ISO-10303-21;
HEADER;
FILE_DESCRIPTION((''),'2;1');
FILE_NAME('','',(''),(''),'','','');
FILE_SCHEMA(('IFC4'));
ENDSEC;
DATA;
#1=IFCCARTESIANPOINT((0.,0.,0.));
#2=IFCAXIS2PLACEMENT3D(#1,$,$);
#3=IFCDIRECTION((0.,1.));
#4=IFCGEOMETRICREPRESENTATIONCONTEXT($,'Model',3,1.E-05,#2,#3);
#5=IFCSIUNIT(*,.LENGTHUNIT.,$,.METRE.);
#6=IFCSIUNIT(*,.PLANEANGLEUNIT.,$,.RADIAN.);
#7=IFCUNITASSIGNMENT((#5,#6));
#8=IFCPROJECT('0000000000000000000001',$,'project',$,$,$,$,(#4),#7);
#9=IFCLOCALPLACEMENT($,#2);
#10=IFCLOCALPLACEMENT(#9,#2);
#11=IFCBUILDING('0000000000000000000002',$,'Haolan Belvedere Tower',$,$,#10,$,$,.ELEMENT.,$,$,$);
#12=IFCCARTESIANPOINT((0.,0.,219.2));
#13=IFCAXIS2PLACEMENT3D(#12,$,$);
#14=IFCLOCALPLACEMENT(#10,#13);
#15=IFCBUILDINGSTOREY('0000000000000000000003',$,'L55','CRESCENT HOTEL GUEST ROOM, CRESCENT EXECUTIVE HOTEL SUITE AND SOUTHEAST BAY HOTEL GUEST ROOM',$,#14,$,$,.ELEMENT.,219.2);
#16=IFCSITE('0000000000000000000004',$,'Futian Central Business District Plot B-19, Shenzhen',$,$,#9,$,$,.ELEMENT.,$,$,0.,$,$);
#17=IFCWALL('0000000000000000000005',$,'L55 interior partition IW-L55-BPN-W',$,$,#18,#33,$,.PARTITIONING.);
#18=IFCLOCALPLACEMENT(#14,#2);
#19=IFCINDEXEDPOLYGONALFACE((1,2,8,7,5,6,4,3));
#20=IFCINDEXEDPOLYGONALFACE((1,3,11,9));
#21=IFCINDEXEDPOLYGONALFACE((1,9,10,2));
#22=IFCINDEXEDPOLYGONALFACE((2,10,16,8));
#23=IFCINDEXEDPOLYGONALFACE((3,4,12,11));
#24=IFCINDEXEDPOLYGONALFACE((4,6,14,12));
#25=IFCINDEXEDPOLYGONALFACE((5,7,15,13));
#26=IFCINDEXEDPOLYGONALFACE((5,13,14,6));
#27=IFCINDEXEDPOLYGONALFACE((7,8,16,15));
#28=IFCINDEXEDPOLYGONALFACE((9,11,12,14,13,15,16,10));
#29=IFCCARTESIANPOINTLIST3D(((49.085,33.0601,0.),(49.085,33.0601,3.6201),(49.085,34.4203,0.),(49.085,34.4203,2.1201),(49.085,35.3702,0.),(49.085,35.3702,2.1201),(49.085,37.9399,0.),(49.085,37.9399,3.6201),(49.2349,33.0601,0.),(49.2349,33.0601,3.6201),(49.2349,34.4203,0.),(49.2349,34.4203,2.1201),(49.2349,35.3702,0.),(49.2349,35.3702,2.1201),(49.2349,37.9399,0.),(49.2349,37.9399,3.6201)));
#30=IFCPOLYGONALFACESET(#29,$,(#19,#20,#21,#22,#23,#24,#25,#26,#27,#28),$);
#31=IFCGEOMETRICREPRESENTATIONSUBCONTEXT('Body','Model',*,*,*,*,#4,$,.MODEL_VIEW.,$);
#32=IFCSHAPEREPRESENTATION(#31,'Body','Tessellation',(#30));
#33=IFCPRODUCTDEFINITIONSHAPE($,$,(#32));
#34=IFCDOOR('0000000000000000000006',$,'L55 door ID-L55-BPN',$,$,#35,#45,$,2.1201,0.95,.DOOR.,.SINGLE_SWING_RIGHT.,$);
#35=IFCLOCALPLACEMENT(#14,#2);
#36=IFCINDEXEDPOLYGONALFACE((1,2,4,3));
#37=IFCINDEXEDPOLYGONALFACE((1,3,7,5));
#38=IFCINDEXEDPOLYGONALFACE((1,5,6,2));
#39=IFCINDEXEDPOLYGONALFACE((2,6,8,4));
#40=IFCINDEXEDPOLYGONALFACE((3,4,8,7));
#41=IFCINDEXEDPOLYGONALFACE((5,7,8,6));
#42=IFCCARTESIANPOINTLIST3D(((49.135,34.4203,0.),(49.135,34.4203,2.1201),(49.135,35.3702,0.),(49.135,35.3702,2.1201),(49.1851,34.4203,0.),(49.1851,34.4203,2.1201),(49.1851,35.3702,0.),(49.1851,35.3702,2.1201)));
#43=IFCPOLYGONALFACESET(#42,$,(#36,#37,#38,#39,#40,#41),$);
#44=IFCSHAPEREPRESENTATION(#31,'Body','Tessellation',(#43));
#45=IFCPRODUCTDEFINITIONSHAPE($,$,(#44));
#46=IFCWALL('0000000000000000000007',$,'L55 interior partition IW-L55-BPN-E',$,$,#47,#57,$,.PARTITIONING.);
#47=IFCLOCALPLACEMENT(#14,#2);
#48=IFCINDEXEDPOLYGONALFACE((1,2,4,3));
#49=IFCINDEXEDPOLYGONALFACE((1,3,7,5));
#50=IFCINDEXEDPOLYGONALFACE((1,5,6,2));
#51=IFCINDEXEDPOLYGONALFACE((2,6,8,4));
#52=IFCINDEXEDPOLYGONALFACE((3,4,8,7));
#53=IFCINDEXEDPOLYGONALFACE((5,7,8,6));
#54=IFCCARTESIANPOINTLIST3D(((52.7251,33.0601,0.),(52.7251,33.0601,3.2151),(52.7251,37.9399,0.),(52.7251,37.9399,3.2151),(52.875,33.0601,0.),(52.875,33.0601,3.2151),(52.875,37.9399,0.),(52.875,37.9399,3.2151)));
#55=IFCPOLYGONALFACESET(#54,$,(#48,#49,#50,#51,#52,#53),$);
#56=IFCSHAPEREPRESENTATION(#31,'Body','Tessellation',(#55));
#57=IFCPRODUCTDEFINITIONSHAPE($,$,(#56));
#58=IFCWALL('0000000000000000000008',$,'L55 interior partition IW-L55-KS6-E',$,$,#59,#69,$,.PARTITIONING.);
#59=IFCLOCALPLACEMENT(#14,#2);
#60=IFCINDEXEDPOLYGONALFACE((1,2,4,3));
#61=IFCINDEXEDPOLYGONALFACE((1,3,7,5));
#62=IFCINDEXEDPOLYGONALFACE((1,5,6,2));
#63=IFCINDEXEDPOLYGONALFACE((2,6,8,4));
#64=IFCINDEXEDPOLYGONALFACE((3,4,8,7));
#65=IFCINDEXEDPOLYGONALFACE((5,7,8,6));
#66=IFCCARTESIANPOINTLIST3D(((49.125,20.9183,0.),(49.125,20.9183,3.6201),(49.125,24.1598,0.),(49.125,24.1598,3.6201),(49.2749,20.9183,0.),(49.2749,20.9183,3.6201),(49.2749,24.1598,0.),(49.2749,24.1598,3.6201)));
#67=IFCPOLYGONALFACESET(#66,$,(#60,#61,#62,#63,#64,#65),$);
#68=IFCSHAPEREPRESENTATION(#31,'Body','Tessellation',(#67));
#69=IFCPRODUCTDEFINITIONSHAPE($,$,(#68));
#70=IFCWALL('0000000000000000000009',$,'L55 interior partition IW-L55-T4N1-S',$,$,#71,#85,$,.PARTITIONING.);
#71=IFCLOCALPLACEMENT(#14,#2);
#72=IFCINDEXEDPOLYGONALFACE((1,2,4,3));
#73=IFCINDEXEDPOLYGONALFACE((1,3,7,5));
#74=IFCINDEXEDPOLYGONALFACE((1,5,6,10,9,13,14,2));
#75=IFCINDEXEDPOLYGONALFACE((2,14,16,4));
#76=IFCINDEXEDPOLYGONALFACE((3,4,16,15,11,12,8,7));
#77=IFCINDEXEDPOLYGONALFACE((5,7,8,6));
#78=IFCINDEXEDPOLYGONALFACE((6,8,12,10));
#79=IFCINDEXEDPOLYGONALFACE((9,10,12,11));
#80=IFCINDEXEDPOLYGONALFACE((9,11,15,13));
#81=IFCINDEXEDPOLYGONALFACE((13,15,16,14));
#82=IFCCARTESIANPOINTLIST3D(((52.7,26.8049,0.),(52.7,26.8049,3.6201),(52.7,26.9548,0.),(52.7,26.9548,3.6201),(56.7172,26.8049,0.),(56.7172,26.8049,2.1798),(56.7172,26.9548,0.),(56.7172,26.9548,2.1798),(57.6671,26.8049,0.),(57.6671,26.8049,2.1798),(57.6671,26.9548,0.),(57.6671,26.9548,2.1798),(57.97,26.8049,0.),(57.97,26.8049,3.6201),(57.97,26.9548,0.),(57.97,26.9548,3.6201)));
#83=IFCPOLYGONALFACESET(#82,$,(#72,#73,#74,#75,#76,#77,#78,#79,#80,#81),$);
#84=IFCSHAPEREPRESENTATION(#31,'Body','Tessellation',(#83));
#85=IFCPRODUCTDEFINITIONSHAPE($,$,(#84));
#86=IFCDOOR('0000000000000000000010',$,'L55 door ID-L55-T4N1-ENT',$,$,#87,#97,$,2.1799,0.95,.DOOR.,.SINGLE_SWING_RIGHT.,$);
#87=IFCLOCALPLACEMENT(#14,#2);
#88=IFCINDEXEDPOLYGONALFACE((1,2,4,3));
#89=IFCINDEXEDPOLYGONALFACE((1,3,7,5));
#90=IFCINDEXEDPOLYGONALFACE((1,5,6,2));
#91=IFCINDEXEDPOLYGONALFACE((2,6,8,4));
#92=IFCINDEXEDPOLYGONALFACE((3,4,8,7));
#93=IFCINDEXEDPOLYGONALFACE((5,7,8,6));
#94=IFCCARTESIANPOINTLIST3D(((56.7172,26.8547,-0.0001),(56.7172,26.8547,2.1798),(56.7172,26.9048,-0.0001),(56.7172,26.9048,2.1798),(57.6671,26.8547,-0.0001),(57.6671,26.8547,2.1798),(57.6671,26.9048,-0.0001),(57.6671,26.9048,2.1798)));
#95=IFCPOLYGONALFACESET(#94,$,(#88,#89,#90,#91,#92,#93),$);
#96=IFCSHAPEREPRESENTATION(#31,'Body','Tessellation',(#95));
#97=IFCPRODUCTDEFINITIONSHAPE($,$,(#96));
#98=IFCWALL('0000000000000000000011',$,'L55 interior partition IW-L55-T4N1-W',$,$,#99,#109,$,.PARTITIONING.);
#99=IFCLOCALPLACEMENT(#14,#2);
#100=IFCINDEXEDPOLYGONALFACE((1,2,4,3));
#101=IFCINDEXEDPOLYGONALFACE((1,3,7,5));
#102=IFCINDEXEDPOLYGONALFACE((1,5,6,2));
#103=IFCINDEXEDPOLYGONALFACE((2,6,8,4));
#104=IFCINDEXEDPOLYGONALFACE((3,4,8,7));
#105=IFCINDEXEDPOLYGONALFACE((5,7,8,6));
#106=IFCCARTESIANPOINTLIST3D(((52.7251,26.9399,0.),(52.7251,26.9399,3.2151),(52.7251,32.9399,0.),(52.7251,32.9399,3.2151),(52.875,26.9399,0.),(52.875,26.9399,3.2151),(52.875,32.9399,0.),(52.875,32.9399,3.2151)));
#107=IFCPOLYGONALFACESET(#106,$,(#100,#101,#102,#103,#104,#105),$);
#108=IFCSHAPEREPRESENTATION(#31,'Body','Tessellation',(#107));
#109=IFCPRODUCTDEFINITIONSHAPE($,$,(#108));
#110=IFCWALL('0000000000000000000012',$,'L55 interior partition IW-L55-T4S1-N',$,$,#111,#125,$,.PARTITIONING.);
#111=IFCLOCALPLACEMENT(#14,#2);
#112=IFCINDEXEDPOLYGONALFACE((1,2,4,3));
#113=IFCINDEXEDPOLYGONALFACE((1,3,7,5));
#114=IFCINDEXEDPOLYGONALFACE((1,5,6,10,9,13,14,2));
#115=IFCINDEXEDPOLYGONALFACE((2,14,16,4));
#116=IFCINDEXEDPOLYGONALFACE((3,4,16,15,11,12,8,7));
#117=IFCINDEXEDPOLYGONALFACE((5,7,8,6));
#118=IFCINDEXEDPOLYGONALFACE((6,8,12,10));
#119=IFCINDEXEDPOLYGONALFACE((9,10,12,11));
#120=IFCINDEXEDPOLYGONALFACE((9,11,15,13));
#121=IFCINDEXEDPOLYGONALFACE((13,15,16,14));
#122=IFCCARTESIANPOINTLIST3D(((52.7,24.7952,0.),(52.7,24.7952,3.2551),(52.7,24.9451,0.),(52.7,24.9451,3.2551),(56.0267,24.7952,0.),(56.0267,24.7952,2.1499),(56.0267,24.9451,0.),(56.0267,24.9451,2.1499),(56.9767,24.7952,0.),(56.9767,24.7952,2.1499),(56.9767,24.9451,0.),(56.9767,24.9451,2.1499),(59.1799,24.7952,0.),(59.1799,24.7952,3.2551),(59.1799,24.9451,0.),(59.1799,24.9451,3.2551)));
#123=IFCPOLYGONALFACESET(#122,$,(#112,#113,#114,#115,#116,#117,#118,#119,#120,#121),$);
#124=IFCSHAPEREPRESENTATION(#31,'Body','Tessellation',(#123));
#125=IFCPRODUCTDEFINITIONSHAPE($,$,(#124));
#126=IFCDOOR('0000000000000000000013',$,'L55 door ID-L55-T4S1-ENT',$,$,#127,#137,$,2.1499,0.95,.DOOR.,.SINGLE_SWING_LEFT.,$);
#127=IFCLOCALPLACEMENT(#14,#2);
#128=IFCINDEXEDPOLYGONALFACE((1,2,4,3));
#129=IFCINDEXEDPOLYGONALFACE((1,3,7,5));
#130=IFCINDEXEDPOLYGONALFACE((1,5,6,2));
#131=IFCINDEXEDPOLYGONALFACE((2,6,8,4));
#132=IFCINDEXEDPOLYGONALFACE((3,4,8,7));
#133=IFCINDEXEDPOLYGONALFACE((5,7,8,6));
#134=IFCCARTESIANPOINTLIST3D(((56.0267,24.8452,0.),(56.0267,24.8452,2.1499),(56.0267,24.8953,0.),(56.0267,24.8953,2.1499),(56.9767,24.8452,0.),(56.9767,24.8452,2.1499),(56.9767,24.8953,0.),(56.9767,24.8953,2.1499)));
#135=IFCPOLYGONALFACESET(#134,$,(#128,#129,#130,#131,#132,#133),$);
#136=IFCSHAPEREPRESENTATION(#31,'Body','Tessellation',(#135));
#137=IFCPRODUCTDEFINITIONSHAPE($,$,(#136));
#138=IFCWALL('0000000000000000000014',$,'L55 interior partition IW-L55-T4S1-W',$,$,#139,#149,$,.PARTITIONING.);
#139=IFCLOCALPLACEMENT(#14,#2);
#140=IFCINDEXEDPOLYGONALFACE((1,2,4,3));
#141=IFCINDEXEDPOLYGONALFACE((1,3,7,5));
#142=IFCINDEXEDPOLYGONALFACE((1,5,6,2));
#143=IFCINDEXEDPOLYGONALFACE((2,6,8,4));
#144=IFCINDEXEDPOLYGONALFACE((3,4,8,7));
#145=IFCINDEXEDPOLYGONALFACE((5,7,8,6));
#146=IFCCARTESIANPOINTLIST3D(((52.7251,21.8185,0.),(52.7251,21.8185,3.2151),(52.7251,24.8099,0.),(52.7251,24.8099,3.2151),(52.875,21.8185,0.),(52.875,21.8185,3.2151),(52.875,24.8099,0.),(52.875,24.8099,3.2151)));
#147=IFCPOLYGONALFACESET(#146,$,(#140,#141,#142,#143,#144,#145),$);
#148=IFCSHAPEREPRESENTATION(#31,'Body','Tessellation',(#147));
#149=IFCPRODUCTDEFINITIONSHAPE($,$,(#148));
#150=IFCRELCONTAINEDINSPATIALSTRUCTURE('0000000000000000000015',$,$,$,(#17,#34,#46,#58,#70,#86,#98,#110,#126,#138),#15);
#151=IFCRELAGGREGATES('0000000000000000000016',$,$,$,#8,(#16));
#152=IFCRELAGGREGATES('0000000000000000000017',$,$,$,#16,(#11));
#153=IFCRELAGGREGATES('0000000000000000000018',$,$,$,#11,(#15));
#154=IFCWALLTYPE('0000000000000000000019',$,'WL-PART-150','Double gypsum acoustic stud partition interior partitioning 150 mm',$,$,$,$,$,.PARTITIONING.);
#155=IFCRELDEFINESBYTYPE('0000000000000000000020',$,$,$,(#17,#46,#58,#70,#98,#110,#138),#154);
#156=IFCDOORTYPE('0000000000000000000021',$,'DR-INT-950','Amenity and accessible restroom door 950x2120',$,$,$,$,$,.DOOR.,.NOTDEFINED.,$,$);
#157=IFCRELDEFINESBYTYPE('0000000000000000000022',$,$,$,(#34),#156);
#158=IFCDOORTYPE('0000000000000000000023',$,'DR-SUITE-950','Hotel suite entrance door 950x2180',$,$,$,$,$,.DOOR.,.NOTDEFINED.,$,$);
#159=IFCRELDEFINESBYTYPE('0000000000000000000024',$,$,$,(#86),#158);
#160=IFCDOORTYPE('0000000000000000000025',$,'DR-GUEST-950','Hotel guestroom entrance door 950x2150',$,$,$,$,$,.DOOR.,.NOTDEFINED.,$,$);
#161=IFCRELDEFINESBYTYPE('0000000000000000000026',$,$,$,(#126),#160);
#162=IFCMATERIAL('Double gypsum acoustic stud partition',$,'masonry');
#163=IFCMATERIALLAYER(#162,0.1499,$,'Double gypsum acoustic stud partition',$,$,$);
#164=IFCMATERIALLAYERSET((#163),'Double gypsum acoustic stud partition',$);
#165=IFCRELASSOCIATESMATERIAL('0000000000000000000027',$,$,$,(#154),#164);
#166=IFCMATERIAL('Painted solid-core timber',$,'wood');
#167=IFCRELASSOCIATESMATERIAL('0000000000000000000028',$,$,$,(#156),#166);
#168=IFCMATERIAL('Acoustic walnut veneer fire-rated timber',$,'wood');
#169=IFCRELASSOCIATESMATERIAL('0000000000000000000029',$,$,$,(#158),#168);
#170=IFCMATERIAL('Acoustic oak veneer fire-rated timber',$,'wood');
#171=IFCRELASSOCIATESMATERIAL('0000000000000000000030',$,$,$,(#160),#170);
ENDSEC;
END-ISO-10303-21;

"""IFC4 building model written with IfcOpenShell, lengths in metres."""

from ifc_helpers import new_model, si_unit, direction, frame, frame_2d, origin, place, context, subcontext, project, spatial, rectangle, extrude, material, layer, layer_set, type_object, element, fill, save


model = new_model("IFC4")

# Units and contexts
model_context = context("Model", 3, precision=1e-05, world=origin(), true_north=direction((0.0, 1.0)))
body_context = subcontext(model_context, "Body", "Model", "MODEL_VIEW")
ifc_project = project(units=[si_unit("LENGTHUNIT", "METRE"), si_unit("PLANEANGLEUNIT", "RADIAN")], contexts=[model_context])

# Site, building, storey
site_placement = place(None, origin())
site = spatial("IfcSite", under=ifc_project, at=site_placement, Name="Futian Central Business District Plot B-19, Shenzhen", CompositionType="ELEMENT", RefElevation=0.0)
building_placement = place(site_placement, origin())
building = spatial("IfcBuilding", under=site, at=building_placement, Name="Haolan Belvedere Tower", CompositionType="ELEMENT")
storey_placement = place(building_placement, frame((0.0, 0.0, 219.2)))
storey = spatial("IfcBuildingStorey", under=building, at=storey_placement, Name="L55", Description="CRESCENT HOTEL GUEST ROOM, CRESCENT EXECUTIVE HOTEL SUITE AND SOUTHEAST BAY HOTEL GUEST ROOM", CompositionType="ELEMENT", Elevation=219.2)

# Shared definitions
ifc_material_1 = material(Name="Double gypsum acoustic stud partition", Category="masonry")
ifc_layer_1 = layer(ifc_material_1, 0.1499, Name="Double gypsum acoustic stud partition")
ifc_layer_set_1 = layer_set([ifc_layer_1], Name="Double gypsum acoustic stud partition")
wall_type_1 = type_object("IfcWallType", Name="WL-PART-150", Description="Double gypsum acoustic stud partition interior partitioning 150 mm", PredefinedType="PARTITIONING", material=ifc_layer_set_1)

# Wall, opening, door
wall_1_placement = place(storey_placement, frame((49.1599, 33.0601, 0.0), z_axis=(0.0, 0.0, 1.0), x_axis=(0.0, 1.0, 0.0)))
wall_1 = element("IfcWall", 1, at=wall_1_placement, inside=storey, type_object=wall_type_1, Name="L55 interior partition IW-L55-BPN-W", PredefinedType="PARTITIONING", context=body_context, shape_type="SweptSolid", body=[
    extrude(rectangle(XDim=4.8799, YDim=0.1499, at=frame_2d((2.4399, 0.0))), origin(), (0.0, 0.0, 1.0), 3.6201),
])
opening_1_placement = place(wall_1_placement, frame((1.3601, 0.0, 0.0)))
opening_1 = element("IfcOpeningElement", 2, at=opening_1_placement, cuts=wall_1, PredefinedType="OPENING", context=body_context, shape_type="SweptSolid", body=[
    extrude(rectangle(XDim=0.95, YDim=2.1201, at=frame_2d((0.4751, 1.0601))), frame((0.0, 0.085, 0.0), z_axis=(0.0, -1.0, 0.0), x_axis=(1.0, 0.0, 0.0)), (0.0, 0.0, 1.0), 0.1699),
])
ifc_material_2 = material(Name="Painted solid-core timber", Category="wood")
door_type_1 = type_object("IfcDoorType", Name="DR-INT-950", Description="Amenity and accessible restroom door 950x2120", OperationType="NOTDEFINED", PredefinedType="DOOR", material=ifc_material_2)
door_1_placement = place(opening_1_placement, origin())
door_1 = element("IfcDoor", 3, at=door_1_placement, inside=storey, type_object=door_type_1, Name="L55 door ID-L55-BPN", OperationType="SINGLE_SWING_RIGHT", OverallHeight=2.1201, OverallWidth=0.95, PredefinedType="DOOR", context=body_context, shape_type="SweptSolid", body=[
    extrude(rectangle(XDim=0.95, YDim=2.1201, at=frame_2d((0.4751, 1.0601))), frame((0.0, 0.0249, 0.0), z_axis=(0.0, -1.0, 0.0), x_axis=(1.0, 0.0, 0.0)), (0.0, 0.0, 1.0), 0.05),
])
fill(opening_1, door_1)

# Walls
wall_2_placement = place(storey_placement, frame((52.8, 33.0601, 0.0), z_axis=(0.0, 0.0, 1.0), x_axis=(0.0, 1.0, 0.0)))
element("IfcWall", 4, at=wall_2_placement, inside=storey, type_object=wall_type_1, Name="L55 interior partition IW-L55-BPN-E", PredefinedType="PARTITIONING", context=body_context, shape_type="SweptSolid", body=[
    extrude(rectangle(XDim=4.8799, YDim=0.1499, at=frame_2d((2.4399, 0.0))), origin(), (0.0, 0.0, 1.0), 3.2151),
])
wall_3_placement = place(storey_placement, frame((49.2, 20.9185, 0.0), z_axis=(0.0, 0.0, 1.0), x_axis=(0.0, 1.0, 0.0)))
element("IfcWall", 5, at=wall_3_placement, inside=storey, type_object=wall_type_1, Name="L55 interior partition IW-L55-KS6-E", PredefinedType="PARTITIONING", context=body_context, shape_type="SweptSolid", body=[
    extrude(rectangle(XDim=3.2415, YDim=0.1499, at=frame_2d((1.6206, 0.0))), origin(), (0.0, 0.0, 1.0), 3.6201),
])

# Wall, opening, door
wall_4_placement = place(storey_placement, frame((52.7, 26.8799, 0.0), z_axis=(0.0, 0.0, 1.0), x_axis=(1.0, 0.0, 0.0)))
wall_4 = element("IfcWall", 6, at=wall_4_placement, inside=storey, type_object=wall_type_1, Name="L55 interior partition IW-L55-T4N1-S", PredefinedType="PARTITIONING", context=body_context, shape_type="SweptSolid", body=[
    extrude(rectangle(XDim=5.27, YDim=0.1499, at=frame_2d((2.635, 0.0))), origin(), (0.0, 0.0, 1.0), 3.6201),
])
opening_2_placement = place(wall_4_placement, frame((4.0171, 0.0, 0.0)))
opening_2 = element("IfcOpeningElement", 7, at=opening_2_placement, cuts=wall_4, PredefinedType="OPENING", context=body_context, shape_type="SweptSolid", body=[
    extrude(rectangle(XDim=0.95, YDim=2.1799, at=frame_2d((0.4751, 1.0898))), frame((0.0, 0.085, 0.0), z_axis=(0.0, -1.0, 0.0), x_axis=(1.0, 0.0, 0.0)), (0.0, 0.0, 1.0), 0.1699),
])
ifc_material_3 = material(Name="Acoustic walnut veneer fire-rated timber", Category="wood")
door_type_2 = type_object("IfcDoorType", Name="DR-SUITE-950", Description="Hotel suite entrance door 950x2180", OperationType="NOTDEFINED", PredefinedType="DOOR", material=ifc_material_3)
door_2_placement = place(opening_2_placement, origin())
door_2 = element("IfcDoor", 8, at=door_2_placement, inside=storey, type_object=door_type_2, Name="L55 door ID-L55-T4N1-ENT", OperationType="SINGLE_SWING_RIGHT", OverallHeight=2.1799, OverallWidth=0.95, PredefinedType="DOOR", context=body_context, shape_type="SweptSolid", body=[
    extrude(rectangle(XDim=0.95, YDim=2.1799, at=frame_2d((0.4751, 1.0898))), frame((0.0, 0.0249, 0.0), z_axis=(0.0, -1.0, 0.0), x_axis=(1.0, 0.0, 0.0)), (0.0, 0.0, 1.0), 0.05),
])
fill(opening_2, door_2)

# Wall
wall_5_placement = place(storey_placement, frame((52.8, 26.9399, 0.0), z_axis=(0.0, 0.0, 1.0), x_axis=(0.0, 1.0, 0.0)))
element("IfcWall", 9, at=wall_5_placement, inside=storey, type_object=wall_type_1, Name="L55 interior partition IW-L55-T4N1-W", PredefinedType="PARTITIONING", context=body_context, shape_type="SweptSolid", body=[
    extrude(rectangle(XDim=6.0, YDim=0.1499, at=frame_2d((3.0, 0.0))), origin(), (0.0, 0.0, 1.0), 3.2151),
])

# Wall, opening, door
wall_6_placement = place(storey_placement, frame((52.7, 24.8701, 0.0), z_axis=(0.0, 0.0, 1.0), x_axis=(1.0, 0.0, 0.0)))
wall_6 = element("IfcWall", 10, at=wall_6_placement, inside=storey, type_object=wall_type_1, Name="L55 interior partition IW-L55-T4S1-N", PredefinedType="PARTITIONING", context=body_context, shape_type="SweptSolid", body=[
    extrude(rectangle(XDim=6.48, YDim=0.1499, at=frame_2d((3.24, 0.0))), origin(), (0.0, 0.0, 1.0), 3.2551),
])
opening_3_placement = place(wall_6_placement, frame((4.2769, 0.0, 0.0), z_axis=(0.0, 0.0, 1.0), x_axis=(-1.0, 0.0, 0.0)))
opening_3 = element("IfcOpeningElement", 11, at=opening_3_placement, cuts=wall_6, PredefinedType="OPENING", context=body_context, shape_type="SweptSolid", body=[
    extrude(rectangle(XDim=0.95, YDim=2.1499, at=frame_2d((0.4751, 1.075))), frame((0.0, 0.085, 0.0), z_axis=(0.0, -1.0, 0.0), x_axis=(1.0, 0.0, 0.0)), (0.0, 0.0, 1.0), 0.1699),
])
ifc_material_4 = material(Name="Acoustic oak veneer fire-rated timber", Category="wood")
door_type_3 = type_object("IfcDoorType", Name="DR-GUEST-950", Description="Hotel guestroom entrance door 950x2150", OperationType="NOTDEFINED", PredefinedType="DOOR", material=ifc_material_4)
door_3_placement = place(opening_3_placement, origin())
door_3 = element("IfcDoor", 12, at=door_3_placement, inside=storey, type_object=door_type_3, Name="L55 door ID-L55-T4S1-ENT", OperationType="SINGLE_SWING_LEFT", OverallHeight=2.1499, OverallWidth=0.95, PredefinedType="DOOR", context=body_context, shape_type="SweptSolid", body=[
    extrude(rectangle(XDim=0.95, YDim=2.1499, at=frame_2d((0.4751, 1.075))), frame((0.0, 0.0249, 0.0), z_axis=(0.0, -1.0, 0.0), x_axis=(1.0, 0.0, 0.0)), (0.0, 0.0, 1.0), 0.05),
])
fill(opening_3, door_3)

# Wall
wall_7_placement = place(storey_placement, frame((52.8, 21.8186, 0.0), z_axis=(0.0, 0.0, 1.0), x_axis=(0.0, 1.0, 0.0)))
element("IfcWall", 13, at=wall_7_placement, inside=storey, type_object=wall_type_1, Name="L55 interior partition IW-L55-T4S1-W", PredefinedType="PARTITIONING", context=body_context, shape_type="SweptSolid", body=[
    extrude(rectangle(XDim=2.9915, YDim=0.1499, at=frame_2d((1.4956, 0.0))), origin(), (0.0, 0.0, 1.0), 3.2151),
])

save(model, "model.ifc")
